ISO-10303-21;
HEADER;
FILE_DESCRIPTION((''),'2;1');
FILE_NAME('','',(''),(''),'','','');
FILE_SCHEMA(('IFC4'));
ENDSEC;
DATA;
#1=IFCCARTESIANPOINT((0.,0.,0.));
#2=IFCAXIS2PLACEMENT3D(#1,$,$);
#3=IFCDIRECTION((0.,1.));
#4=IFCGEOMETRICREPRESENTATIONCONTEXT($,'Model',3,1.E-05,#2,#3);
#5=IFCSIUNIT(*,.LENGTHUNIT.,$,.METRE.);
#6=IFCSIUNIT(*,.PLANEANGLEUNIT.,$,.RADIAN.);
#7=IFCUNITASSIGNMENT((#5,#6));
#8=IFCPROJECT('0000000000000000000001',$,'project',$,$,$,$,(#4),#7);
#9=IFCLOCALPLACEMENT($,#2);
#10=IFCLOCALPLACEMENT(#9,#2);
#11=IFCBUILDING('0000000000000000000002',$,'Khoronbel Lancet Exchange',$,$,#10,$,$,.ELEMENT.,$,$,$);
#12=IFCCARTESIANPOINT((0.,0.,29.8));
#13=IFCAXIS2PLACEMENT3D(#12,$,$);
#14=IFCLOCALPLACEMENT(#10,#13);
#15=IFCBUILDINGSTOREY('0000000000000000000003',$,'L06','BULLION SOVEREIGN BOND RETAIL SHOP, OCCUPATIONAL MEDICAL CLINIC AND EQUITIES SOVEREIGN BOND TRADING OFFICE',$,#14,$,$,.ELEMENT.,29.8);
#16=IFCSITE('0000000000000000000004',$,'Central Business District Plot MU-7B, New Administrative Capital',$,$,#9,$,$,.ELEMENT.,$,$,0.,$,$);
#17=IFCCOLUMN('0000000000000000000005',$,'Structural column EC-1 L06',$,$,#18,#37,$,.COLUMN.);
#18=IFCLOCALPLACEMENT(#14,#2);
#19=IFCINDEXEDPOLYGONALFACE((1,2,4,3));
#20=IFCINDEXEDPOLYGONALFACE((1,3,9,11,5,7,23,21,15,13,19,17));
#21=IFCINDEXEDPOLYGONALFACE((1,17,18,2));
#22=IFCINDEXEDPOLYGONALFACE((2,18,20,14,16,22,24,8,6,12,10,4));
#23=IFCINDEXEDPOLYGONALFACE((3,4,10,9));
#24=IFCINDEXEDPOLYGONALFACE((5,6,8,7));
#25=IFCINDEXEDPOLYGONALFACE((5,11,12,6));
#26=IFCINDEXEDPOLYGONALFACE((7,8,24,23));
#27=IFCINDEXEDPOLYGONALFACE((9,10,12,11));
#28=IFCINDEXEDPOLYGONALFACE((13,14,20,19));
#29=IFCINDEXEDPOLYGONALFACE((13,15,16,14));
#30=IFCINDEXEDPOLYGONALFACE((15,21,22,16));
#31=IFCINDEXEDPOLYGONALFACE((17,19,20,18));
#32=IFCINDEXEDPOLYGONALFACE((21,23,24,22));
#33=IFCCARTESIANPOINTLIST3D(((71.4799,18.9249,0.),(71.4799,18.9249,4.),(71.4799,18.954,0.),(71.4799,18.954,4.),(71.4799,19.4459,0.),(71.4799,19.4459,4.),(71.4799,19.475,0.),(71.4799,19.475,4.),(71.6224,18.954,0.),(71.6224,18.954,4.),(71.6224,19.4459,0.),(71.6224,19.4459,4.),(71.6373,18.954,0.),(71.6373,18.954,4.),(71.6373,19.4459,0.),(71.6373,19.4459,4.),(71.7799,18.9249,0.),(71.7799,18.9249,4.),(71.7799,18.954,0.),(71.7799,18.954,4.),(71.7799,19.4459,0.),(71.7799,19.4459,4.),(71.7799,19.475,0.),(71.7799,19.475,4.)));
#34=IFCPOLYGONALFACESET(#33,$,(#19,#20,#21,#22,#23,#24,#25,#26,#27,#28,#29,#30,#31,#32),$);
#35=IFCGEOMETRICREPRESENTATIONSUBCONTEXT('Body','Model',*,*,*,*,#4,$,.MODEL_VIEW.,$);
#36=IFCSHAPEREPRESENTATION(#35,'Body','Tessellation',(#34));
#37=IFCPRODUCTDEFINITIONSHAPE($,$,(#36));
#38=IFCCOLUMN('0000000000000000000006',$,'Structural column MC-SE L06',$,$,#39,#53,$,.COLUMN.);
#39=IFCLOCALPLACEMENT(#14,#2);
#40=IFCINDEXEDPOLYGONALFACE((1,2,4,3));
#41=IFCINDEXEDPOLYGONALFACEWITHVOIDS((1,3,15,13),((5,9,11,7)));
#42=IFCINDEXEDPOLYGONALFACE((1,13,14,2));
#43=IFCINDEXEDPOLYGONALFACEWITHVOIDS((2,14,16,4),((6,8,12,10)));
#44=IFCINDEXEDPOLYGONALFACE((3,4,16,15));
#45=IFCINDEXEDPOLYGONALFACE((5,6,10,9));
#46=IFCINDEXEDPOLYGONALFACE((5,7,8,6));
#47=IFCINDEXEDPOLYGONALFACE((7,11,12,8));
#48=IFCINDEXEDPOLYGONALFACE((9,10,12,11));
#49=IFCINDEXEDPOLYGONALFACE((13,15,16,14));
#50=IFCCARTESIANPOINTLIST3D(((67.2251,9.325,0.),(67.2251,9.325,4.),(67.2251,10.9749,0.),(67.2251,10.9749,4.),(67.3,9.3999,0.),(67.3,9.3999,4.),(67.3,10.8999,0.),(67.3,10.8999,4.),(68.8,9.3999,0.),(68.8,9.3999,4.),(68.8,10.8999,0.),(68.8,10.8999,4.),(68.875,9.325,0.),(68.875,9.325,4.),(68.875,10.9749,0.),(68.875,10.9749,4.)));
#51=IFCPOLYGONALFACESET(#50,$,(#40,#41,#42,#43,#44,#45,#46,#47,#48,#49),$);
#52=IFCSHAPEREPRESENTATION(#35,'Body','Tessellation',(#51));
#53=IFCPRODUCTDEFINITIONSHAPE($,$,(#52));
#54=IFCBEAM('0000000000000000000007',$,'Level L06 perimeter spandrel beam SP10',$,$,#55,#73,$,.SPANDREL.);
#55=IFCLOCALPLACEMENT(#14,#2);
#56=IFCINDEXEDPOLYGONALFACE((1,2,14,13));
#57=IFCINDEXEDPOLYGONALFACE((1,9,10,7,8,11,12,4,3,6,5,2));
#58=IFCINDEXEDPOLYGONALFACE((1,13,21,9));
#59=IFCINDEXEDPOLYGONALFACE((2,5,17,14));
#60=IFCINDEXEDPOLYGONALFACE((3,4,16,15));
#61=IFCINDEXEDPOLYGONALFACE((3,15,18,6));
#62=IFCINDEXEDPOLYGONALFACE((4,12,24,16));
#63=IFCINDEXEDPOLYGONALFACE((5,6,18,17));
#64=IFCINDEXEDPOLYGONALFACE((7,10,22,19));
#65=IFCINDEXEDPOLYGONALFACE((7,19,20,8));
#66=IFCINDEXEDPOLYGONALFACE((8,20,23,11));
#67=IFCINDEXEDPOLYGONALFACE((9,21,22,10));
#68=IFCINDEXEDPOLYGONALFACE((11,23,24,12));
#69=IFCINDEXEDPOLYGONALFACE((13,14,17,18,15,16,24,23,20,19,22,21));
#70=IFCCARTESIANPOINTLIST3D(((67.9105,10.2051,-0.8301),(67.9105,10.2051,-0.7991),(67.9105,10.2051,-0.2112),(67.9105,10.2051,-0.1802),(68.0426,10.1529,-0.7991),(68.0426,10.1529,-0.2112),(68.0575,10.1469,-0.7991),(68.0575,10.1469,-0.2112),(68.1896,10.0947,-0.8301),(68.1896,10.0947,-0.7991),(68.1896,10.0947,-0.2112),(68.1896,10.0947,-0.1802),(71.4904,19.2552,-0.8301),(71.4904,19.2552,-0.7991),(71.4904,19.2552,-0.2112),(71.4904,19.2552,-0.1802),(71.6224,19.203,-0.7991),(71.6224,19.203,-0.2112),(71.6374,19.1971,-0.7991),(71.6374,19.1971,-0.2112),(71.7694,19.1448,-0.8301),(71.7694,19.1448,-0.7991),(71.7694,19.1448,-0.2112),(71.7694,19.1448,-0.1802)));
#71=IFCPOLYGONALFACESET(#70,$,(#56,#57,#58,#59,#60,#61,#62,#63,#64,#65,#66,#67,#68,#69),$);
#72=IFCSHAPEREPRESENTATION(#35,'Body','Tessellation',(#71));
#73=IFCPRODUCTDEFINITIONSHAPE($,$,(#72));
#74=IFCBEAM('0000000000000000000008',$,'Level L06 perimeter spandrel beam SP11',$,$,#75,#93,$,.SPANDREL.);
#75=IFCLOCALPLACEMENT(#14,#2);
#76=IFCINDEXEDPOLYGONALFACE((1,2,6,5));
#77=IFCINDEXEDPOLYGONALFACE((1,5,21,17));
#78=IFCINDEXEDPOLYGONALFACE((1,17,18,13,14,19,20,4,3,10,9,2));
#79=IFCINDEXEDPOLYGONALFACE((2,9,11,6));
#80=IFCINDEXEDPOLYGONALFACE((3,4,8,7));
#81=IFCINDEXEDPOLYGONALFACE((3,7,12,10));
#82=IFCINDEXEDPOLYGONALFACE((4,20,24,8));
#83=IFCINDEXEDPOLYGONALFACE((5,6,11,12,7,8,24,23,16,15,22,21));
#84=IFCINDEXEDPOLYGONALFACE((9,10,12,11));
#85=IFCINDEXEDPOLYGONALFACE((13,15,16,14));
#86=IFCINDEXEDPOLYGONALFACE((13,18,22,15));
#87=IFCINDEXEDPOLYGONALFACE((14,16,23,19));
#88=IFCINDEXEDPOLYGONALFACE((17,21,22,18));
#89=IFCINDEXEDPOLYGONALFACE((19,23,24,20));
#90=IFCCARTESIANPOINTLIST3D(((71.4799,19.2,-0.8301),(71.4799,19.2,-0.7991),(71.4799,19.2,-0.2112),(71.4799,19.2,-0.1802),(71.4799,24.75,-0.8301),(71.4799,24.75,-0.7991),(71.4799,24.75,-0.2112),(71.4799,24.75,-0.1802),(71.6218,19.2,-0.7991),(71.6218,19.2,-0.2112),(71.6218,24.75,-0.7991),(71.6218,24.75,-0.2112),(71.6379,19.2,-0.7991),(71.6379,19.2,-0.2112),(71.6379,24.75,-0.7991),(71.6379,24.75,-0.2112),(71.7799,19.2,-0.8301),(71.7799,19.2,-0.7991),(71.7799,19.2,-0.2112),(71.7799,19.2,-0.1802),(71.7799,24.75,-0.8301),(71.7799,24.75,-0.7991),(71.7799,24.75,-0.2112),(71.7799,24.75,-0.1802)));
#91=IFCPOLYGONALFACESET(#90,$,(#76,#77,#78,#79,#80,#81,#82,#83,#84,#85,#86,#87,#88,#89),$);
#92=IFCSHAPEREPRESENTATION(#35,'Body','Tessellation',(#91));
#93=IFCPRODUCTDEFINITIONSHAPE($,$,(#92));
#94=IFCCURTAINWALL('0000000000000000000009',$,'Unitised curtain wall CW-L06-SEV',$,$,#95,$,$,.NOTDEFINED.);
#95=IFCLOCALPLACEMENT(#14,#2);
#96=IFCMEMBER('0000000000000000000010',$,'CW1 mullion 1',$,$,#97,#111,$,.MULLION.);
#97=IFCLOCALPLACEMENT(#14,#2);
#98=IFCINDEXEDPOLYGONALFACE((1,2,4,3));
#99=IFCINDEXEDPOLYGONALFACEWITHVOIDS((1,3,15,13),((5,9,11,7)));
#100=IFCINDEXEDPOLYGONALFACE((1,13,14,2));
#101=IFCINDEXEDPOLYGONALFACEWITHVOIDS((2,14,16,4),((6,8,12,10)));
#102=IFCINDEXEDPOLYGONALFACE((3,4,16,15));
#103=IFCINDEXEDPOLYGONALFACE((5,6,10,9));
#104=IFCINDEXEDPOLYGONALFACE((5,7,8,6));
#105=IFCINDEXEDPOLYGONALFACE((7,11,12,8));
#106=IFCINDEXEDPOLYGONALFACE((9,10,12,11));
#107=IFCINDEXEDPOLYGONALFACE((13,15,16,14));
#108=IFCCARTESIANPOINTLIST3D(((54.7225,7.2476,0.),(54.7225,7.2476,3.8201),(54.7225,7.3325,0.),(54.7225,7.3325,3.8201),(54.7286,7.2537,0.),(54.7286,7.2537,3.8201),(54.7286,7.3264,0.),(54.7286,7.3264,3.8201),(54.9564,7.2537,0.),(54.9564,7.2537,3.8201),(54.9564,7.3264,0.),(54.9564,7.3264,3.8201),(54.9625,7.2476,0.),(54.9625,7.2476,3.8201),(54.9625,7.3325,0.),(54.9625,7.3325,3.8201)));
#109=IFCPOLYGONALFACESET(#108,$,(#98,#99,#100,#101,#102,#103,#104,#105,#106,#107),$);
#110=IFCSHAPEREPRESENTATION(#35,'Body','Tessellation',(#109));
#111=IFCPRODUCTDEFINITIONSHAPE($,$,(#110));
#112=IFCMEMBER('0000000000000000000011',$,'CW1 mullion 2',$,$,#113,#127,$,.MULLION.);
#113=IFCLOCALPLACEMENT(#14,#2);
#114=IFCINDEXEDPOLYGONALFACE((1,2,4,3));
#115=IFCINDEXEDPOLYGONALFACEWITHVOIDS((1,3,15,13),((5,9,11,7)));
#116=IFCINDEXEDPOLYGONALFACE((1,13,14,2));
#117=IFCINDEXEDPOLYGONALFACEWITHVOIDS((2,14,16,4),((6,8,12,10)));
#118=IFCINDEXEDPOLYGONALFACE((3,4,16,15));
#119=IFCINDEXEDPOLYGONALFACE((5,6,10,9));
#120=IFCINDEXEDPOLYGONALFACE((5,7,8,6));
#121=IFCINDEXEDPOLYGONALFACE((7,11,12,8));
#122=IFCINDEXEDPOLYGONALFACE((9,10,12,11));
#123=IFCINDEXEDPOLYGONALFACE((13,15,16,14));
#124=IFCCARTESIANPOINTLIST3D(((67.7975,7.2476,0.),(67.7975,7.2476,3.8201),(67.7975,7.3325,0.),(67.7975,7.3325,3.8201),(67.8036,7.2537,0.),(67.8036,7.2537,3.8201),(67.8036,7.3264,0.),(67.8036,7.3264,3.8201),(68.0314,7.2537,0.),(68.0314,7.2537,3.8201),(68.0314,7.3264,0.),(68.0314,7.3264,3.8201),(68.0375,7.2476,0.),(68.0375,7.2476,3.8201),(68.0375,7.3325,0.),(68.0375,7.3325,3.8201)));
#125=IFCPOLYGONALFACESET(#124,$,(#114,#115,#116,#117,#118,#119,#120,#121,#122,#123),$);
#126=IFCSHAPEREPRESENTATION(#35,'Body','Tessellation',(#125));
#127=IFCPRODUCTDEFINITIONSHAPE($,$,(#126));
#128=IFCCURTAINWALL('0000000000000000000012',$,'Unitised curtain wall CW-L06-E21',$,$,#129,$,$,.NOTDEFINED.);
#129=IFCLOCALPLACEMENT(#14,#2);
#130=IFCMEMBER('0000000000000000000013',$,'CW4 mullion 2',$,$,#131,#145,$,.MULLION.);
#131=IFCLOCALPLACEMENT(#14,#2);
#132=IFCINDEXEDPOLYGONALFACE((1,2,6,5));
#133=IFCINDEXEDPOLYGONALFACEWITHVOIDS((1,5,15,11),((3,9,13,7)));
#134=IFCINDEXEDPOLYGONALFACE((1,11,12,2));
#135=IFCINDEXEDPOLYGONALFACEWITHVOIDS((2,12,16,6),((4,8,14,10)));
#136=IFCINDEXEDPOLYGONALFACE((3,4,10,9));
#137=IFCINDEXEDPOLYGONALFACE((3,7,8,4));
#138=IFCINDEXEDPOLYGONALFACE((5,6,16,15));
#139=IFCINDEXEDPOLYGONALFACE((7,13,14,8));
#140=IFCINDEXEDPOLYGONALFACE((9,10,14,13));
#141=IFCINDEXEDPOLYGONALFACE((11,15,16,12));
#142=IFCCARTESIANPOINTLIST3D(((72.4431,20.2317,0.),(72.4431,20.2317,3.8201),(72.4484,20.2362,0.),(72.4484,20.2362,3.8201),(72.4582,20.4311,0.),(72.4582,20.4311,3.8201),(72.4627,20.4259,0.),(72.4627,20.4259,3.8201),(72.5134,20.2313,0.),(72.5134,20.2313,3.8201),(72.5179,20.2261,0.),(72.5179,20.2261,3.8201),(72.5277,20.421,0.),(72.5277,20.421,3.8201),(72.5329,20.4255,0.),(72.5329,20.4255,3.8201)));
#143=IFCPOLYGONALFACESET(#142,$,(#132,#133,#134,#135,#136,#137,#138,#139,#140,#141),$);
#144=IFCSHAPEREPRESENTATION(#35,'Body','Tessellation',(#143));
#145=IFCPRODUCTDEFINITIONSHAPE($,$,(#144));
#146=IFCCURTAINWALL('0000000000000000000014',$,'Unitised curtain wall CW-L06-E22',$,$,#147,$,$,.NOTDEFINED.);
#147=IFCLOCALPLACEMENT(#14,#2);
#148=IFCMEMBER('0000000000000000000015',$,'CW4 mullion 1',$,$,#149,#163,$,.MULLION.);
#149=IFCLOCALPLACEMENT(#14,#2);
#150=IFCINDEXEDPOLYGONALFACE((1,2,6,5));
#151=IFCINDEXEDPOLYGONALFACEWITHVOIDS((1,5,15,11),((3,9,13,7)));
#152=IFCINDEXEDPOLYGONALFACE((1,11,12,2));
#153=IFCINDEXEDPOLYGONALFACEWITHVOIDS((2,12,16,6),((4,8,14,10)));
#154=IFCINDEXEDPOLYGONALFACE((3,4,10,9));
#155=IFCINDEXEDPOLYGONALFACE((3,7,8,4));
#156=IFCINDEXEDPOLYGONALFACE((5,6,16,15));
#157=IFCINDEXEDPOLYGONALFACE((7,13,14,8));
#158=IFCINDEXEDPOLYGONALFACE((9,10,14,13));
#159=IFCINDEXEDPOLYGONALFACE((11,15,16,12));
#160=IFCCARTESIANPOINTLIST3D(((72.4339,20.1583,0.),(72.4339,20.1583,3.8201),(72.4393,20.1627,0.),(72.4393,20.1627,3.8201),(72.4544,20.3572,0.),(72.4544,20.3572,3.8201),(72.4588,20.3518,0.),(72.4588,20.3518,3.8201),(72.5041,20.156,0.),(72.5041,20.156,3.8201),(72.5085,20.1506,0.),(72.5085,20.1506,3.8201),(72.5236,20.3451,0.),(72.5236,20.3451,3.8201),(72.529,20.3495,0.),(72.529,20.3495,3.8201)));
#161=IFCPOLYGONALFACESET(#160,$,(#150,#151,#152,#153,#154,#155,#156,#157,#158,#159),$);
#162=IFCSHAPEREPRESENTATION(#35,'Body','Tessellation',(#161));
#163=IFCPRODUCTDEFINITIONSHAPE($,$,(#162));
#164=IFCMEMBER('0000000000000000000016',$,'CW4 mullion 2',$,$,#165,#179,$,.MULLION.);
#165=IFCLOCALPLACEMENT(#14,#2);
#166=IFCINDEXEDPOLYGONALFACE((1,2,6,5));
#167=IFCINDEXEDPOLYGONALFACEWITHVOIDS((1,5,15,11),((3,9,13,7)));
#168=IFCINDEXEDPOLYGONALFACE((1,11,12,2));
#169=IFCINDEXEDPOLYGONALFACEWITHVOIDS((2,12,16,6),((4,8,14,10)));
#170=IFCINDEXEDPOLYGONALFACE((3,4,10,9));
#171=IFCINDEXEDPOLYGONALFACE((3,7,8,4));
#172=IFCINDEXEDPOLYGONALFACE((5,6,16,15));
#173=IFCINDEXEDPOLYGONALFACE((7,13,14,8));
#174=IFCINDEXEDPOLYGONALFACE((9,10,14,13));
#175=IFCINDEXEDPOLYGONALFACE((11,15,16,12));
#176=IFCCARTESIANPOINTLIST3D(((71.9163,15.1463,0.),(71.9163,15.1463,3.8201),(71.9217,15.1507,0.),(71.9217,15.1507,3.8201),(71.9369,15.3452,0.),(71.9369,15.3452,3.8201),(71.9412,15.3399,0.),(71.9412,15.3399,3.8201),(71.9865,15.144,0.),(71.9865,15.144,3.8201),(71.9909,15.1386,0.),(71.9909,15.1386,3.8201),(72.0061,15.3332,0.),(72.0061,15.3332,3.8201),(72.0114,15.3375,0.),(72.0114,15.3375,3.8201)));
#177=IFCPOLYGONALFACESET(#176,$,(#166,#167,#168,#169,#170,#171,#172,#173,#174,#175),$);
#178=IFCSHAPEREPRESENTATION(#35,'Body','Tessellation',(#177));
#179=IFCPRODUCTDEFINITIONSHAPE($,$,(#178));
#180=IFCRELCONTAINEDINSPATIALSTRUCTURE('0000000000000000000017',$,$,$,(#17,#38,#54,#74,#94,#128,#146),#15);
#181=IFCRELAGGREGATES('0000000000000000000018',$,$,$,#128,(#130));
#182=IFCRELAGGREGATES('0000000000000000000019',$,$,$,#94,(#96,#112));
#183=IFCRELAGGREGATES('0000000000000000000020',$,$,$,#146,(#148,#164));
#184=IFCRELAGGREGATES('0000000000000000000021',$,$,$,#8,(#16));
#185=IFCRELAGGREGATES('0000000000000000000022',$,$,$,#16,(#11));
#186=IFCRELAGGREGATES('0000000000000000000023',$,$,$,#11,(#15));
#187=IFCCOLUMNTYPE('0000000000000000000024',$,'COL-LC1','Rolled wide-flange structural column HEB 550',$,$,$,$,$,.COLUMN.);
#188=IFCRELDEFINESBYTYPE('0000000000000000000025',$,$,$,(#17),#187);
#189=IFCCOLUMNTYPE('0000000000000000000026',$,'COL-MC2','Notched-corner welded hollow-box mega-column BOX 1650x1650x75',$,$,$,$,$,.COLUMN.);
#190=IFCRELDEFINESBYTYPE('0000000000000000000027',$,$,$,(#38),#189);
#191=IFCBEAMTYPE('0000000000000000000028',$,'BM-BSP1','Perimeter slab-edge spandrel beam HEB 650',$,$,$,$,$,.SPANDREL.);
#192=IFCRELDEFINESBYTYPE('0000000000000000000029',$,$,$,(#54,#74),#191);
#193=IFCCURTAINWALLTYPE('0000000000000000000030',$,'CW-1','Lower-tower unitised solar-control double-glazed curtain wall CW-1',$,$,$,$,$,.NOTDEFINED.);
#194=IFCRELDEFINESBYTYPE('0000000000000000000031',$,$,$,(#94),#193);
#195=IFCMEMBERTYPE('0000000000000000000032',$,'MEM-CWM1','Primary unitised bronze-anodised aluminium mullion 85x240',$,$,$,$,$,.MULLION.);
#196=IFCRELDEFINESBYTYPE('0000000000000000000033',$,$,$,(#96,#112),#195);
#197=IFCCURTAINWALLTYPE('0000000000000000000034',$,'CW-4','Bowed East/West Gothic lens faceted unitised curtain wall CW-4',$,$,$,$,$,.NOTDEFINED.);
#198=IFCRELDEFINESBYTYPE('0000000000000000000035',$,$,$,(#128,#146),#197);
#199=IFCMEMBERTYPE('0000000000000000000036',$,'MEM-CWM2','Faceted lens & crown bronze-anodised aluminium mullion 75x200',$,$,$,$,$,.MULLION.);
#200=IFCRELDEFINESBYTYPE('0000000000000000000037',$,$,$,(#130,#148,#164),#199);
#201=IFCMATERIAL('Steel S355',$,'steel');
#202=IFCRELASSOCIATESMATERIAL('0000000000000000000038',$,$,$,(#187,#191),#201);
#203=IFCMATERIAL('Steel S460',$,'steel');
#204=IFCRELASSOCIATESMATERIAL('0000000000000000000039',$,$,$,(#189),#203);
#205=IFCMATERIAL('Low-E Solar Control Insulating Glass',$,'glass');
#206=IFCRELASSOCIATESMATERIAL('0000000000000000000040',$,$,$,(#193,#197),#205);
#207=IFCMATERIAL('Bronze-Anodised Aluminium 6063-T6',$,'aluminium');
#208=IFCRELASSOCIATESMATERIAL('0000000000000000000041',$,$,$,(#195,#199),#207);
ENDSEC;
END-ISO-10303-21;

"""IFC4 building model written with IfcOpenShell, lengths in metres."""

from ifc_helpers import new_model, si_unit, direction, frame, origin, origin_2d, place, context, subcontext, project, spatial, hollow_rectangle, i_section, extrude, material, material_profile, profile_set, type_object, element, aggregate, save


model = new_model("IFC4")

# Units and contexts
model_context = context("Model", 3, precision=1e-05, world=origin(), true_north=direction((0.0, 1.0)))
body_context = subcontext(model_context, "Body", "Model", "MODEL_VIEW")
ifc_project = project(units=[si_unit("LENGTHUNIT", "METRE"), si_unit("PLANEANGLEUNIT", "RADIAN")], contexts=[model_context])

# Site, building, storey
site_placement = place(None, origin())
site = spatial("IfcSite", under=ifc_project, at=site_placement, Name="Central Business District Plot MU-7B, New Administrative Capital", CompositionType="ELEMENT", RefElevation=0.0)
building_placement = place(site_placement, origin())
building = spatial("IfcBuilding", under=site, at=building_placement, Name="Khoronbel Lancet Exchange", CompositionType="ELEMENT")
storey_placement = place(building_placement, frame((0.0, 0.0, 29.8)))
storey = spatial("IfcBuildingStorey", under=building, at=storey_placement, Name="L06", Description="BULLION SOVEREIGN BOND RETAIL SHOP, OCCUPATIONAL MEDICAL CLINIC AND EQUITIES SOVEREIGN BOND TRADING OFFICE", CompositionType="ELEMENT", Elevation=29.8)

# Columns
ifc_material_1 = material(Name="Steel S355", Category="steel")
ifc_material_profile_1 = material_profile(ifc_material_1, i_section(OverallWidth=0.3, OverallDepth=0.55, WebThickness=0.0149, FlangeThickness=0.0291, at=origin_2d()), Name="HEB 550")
ifc_profile_set_1 = profile_set([ifc_material_profile_1], Name="Steel S355")
column_type_1 = type_object("IfcColumnType", Name="COL-LC1", Description="Rolled wide-flange structural column HEB 550", PredefinedType="COLUMN", material=ifc_profile_set_1)
column_1_placement = place(storey_placement, frame((71.6299, 19.2, 0.0), z_axis=(0.0, 0.0, 1.0), x_axis=(1.0, 0.0, 0.0)))
element("IfcColumn", 1, at=column_1_placement, inside=storey, type_object=column_type_1, Name="Structural column EC-1 L06", PredefinedType="COLUMN", context=body_context, shape_type="SweptSolid", body=[
    extrude(i_section(OverallWidth=0.3, OverallDepth=0.55, WebThickness=0.0149, FlangeThickness=0.0291, at=origin_2d()), origin(), (0.0, 0.0, 1.0), 4.0),
])
ifc_material_2 = material(Name="Steel S460", Category="steel")
ifc_material_profile_2 = material_profile(ifc_material_2, hollow_rectangle(XDim=1.6499, YDim=1.6499, WallThickness=0.075, at=origin_2d()), Name="BOX 1650x1650x75")
ifc_profile_set_2 = profile_set([ifc_material_profile_2], Name="Steel S460")
column_type_2 = type_object("IfcColumnType", Name="COL-MC2", Description="Notched-corner welded hollow-box mega-column BOX 1650x1650x75", PredefinedType="COLUMN", material=ifc_profile_set_2)
column_2_placement = place(storey_placement, frame((68.05, 10.1499, 0.0), z_axis=(0.0, 0.0, 1.0), x_axis=(1.0, 0.0, 0.0)))
element("IfcColumn", 2, at=column_2_placement, inside=storey, type_object=column_type_2, Name="Structural column MC-SE L06", PredefinedType="COLUMN", context=body_context, shape_type="SweptSolid", body=[
    extrude(hollow_rectangle(XDim=1.6499, YDim=1.6499, WallThickness=0.075, at=origin_2d()), origin(), (0.0, 0.0, 1.0), 4.0),
])

# Beams
ifc_material_profile_3 = material_profile(ifc_material_1, i_section(OverallWidth=0.3, OverallDepth=0.6499, WebThickness=0.0161, FlangeThickness=0.031, at=origin_2d()), Name="HEB 650")
ifc_profile_set_3 = profile_set([ifc_material_profile_3], Name="Steel S355")
beam_type = type_object("IfcBeamType", Name="BM-BSP1", Description="Perimeter slab-edge spandrel beam HEB 650", PredefinedType="SPANDREL", material=ifc_profile_set_3)
beam_1_placement = place(storey_placement, frame((68.05, 10.1499, -0.5051), z_axis=(0.367828, 0.929894, 0.0), x_axis=(-0.929894, 0.367828, 0.0)))
element("IfcBeam", 3, at=beam_1_placement, inside=storey, type_object=beam_type, Name="Level L06 perimeter spandrel beam SP10", PredefinedType="SPANDREL", context=body_context, shape_type="SweptSolid", body=[
    extrude(i_section(OverallWidth=0.3, OverallDepth=0.6499, WebThickness=0.0161, FlangeThickness=0.031, at=origin_2d()), origin(), (0.0, 0.0, 1.0), 9.7324),
])
beam_2_placement = place(storey_placement, frame((71.6299, 19.2, -0.5051), z_axis=(0.0, 1.0, 0.0), x_axis=(-1.0, 0.0, 0.0)))
element("IfcBeam", 4, at=beam_2_placement, inside=storey, type_object=beam_type, Name="Level L06 perimeter spandrel beam SP11", PredefinedType="SPANDREL", context=body_context, shape_type="SweptSolid", body=[
    extrude(i_section(OverallWidth=0.3, OverallDepth=0.6499, WebThickness=0.0161, FlangeThickness=0.031, at=origin_2d()), origin(), (0.0, 0.0, 1.0), 5.55),
])

# Curtain wall, members
ifc_material_3 = material(Name="Low-E Solar Control Insulating Glass", Category="glass")
curtain_wall_type_1 = type_object("IfcCurtainWallType", Name="CW-1", Description="Lower-tower unitised solar-control double-glazed curtain wall CW-1", PredefinedType="NOTDEFINED", material=ifc_material_3)
curtain_wall_1_placement = place(storey_placement, origin())
curtain_wall_1 = element("IfcCurtainWall", 5, at=curtain_wall_1_placement, inside=storey, type_object=curtain_wall_type_1, Name="Unitised curtain wall CW-L06-SEV", PredefinedType="NOTDEFINED")
ifc_material_4 = material(Name="Bronze-Anodised Aluminium 6063-T6", Category="aluminium")
ifc_material_profile_4 = material_profile(ifc_material_4, hollow_rectangle(XDim=0.085, YDim=0.24, WallThickness=0.0061, at=origin_2d()), Name="ALU MULLION 85x240")
ifc_profile_set_4 = profile_set([ifc_material_profile_4], Name="Bronze-Anodised Aluminium 6063-T6")
member_type_1 = type_object("IfcMemberType", Name="MEM-CWM1", Description="Primary unitised bronze-anodised aluminium mullion 85x240", PredefinedType="MULLION", material=ifc_profile_set_4)
member_1_placement = place(storey_placement, frame((54.8425, 7.29, 0.0), z_axis=(0.0, 0.0, 1.0), x_axis=(0.0, 1.0, 0.0)))
member_1 = element("IfcMember", 6, at=member_1_placement, type_object=member_type_1, Name="CW1 mullion 1", PredefinedType="MULLION", context=body_context, shape_type="SweptSolid", body=[
    extrude(hollow_rectangle(XDim=0.085, YDim=0.24, WallThickness=0.0061, at=origin_2d()), origin(), (0.0, 0.0, 1.0), 3.8201),
])
member_2_placement = place(storey_placement, frame((67.9175, 7.29, 0.0), z_axis=(0.0, 0.0, 1.0), x_axis=(0.0, 1.0, 0.0)))
member_2 = element("IfcMember", 7, at=member_2_placement, type_object=member_type_1, Name="CW1 mullion 2", PredefinedType="MULLION", context=body_context, shape_type="SweptSolid", body=[
    extrude(hollow_rectangle(XDim=0.085, YDim=0.24, WallThickness=0.0061, at=origin_2d()), origin(), (0.0, 0.0, 1.0), 3.8201),
])

# Curtain wall, member
curtain_wall_type_2 = type_object("IfcCurtainWallType", Name="CW-4", Description="Bowed East/West Gothic lens faceted unitised curtain wall CW-4", PredefinedType="NOTDEFINED", material=ifc_material_3)
curtain_wall_2_placement = place(storey_placement, origin())
curtain_wall_2 = element("IfcCurtainWall", 8, at=curtain_wall_2_placement, inside=storey, type_object=curtain_wall_type_2, Name="Unitised curtain wall CW-L06-E21", PredefinedType="NOTDEFINED")
ifc_material_profile_5 = material_profile(ifc_material_4, hollow_rectangle(XDim=0.075, YDim=0.2, WallThickness=0.0049, at=origin_2d()), Name="ALU MULLION 75x200")
ifc_profile_set_5 = profile_set([ifc_material_profile_5], Name="Bronze-Anodised Aluminium 6063-T6")
member_type_2 = type_object("IfcMemberType", Name="MEM-CWM2", Description="Faceted lens & crown bronze-anodised aluminium mullion 75x200", PredefinedType="MULLION", material=ifc_profile_set_5)
member_3_placement = place(storey_placement, frame((72.488, 20.3286, 0.0), z_axis=(0.0, 0.0, 1.0), x_axis=(0.997154, -0.075395, 0.0)))
member_3 = element("IfcMember", 9, at=member_3_placement, type_object=member_type_2, Name="CW4 mullion 2", PredefinedType="MULLION", context=body_context, shape_type="SweptSolid", body=[
    extrude(hollow_rectangle(XDim=0.075, YDim=0.2, WallThickness=0.0049, at=origin_2d()), origin(), (0.0, 0.0, 1.0), 3.8201),
])
aggregate(curtain_wall_2, [member_3])

# Curtain wall, members
curtain_wall_3_placement = place(storey_placement, origin())
curtain_wall_3 = element("IfcCurtainWall", 10, at=curtain_wall_3_placement, inside=storey, type_object=curtain_wall_type_2, Name="Unitised curtain wall CW-L06-E22", PredefinedType="NOTDEFINED")
member_4_placement = place(storey_placement, frame((72.4814, 20.2539, 0.0), z_axis=(0.0, 0.0, 1.0), x_axis=(0.99471, -0.102723, 0.0)))
member_4 = element("IfcMember", 11, at=member_4_placement, type_object=member_type_2, Name="CW4 mullion 1", PredefinedType="MULLION", context=body_context, shape_type="SweptSolid", body=[
    extrude(hollow_rectangle(XDim=0.075, YDim=0.2, WallThickness=0.0049, at=origin_2d()), origin(), (0.0, 0.0, 1.0), 3.8201),
])
member_5_placement = place(storey_placement, frame((71.9639, 15.2419, 0.0), z_axis=(0.0, 0.0, 1.0), x_axis=(0.99471, -0.102723, 0.0)))
member_5 = element("IfcMember", 12, at=member_5_placement, type_object=member_type_2, Name="CW4 mullion 2", PredefinedType="MULLION", context=body_context, shape_type="SweptSolid", body=[
    extrude(hollow_rectangle(XDim=0.075, YDim=0.2, WallThickness=0.0049, at=origin_2d()), origin(), (0.0, 0.0, 1.0), 3.8201),
])

aggregate(curtain_wall_1, [member_1, member_2])
aggregate(curtain_wall_3, [member_4, member_5])

save(model, "model.ifc")
